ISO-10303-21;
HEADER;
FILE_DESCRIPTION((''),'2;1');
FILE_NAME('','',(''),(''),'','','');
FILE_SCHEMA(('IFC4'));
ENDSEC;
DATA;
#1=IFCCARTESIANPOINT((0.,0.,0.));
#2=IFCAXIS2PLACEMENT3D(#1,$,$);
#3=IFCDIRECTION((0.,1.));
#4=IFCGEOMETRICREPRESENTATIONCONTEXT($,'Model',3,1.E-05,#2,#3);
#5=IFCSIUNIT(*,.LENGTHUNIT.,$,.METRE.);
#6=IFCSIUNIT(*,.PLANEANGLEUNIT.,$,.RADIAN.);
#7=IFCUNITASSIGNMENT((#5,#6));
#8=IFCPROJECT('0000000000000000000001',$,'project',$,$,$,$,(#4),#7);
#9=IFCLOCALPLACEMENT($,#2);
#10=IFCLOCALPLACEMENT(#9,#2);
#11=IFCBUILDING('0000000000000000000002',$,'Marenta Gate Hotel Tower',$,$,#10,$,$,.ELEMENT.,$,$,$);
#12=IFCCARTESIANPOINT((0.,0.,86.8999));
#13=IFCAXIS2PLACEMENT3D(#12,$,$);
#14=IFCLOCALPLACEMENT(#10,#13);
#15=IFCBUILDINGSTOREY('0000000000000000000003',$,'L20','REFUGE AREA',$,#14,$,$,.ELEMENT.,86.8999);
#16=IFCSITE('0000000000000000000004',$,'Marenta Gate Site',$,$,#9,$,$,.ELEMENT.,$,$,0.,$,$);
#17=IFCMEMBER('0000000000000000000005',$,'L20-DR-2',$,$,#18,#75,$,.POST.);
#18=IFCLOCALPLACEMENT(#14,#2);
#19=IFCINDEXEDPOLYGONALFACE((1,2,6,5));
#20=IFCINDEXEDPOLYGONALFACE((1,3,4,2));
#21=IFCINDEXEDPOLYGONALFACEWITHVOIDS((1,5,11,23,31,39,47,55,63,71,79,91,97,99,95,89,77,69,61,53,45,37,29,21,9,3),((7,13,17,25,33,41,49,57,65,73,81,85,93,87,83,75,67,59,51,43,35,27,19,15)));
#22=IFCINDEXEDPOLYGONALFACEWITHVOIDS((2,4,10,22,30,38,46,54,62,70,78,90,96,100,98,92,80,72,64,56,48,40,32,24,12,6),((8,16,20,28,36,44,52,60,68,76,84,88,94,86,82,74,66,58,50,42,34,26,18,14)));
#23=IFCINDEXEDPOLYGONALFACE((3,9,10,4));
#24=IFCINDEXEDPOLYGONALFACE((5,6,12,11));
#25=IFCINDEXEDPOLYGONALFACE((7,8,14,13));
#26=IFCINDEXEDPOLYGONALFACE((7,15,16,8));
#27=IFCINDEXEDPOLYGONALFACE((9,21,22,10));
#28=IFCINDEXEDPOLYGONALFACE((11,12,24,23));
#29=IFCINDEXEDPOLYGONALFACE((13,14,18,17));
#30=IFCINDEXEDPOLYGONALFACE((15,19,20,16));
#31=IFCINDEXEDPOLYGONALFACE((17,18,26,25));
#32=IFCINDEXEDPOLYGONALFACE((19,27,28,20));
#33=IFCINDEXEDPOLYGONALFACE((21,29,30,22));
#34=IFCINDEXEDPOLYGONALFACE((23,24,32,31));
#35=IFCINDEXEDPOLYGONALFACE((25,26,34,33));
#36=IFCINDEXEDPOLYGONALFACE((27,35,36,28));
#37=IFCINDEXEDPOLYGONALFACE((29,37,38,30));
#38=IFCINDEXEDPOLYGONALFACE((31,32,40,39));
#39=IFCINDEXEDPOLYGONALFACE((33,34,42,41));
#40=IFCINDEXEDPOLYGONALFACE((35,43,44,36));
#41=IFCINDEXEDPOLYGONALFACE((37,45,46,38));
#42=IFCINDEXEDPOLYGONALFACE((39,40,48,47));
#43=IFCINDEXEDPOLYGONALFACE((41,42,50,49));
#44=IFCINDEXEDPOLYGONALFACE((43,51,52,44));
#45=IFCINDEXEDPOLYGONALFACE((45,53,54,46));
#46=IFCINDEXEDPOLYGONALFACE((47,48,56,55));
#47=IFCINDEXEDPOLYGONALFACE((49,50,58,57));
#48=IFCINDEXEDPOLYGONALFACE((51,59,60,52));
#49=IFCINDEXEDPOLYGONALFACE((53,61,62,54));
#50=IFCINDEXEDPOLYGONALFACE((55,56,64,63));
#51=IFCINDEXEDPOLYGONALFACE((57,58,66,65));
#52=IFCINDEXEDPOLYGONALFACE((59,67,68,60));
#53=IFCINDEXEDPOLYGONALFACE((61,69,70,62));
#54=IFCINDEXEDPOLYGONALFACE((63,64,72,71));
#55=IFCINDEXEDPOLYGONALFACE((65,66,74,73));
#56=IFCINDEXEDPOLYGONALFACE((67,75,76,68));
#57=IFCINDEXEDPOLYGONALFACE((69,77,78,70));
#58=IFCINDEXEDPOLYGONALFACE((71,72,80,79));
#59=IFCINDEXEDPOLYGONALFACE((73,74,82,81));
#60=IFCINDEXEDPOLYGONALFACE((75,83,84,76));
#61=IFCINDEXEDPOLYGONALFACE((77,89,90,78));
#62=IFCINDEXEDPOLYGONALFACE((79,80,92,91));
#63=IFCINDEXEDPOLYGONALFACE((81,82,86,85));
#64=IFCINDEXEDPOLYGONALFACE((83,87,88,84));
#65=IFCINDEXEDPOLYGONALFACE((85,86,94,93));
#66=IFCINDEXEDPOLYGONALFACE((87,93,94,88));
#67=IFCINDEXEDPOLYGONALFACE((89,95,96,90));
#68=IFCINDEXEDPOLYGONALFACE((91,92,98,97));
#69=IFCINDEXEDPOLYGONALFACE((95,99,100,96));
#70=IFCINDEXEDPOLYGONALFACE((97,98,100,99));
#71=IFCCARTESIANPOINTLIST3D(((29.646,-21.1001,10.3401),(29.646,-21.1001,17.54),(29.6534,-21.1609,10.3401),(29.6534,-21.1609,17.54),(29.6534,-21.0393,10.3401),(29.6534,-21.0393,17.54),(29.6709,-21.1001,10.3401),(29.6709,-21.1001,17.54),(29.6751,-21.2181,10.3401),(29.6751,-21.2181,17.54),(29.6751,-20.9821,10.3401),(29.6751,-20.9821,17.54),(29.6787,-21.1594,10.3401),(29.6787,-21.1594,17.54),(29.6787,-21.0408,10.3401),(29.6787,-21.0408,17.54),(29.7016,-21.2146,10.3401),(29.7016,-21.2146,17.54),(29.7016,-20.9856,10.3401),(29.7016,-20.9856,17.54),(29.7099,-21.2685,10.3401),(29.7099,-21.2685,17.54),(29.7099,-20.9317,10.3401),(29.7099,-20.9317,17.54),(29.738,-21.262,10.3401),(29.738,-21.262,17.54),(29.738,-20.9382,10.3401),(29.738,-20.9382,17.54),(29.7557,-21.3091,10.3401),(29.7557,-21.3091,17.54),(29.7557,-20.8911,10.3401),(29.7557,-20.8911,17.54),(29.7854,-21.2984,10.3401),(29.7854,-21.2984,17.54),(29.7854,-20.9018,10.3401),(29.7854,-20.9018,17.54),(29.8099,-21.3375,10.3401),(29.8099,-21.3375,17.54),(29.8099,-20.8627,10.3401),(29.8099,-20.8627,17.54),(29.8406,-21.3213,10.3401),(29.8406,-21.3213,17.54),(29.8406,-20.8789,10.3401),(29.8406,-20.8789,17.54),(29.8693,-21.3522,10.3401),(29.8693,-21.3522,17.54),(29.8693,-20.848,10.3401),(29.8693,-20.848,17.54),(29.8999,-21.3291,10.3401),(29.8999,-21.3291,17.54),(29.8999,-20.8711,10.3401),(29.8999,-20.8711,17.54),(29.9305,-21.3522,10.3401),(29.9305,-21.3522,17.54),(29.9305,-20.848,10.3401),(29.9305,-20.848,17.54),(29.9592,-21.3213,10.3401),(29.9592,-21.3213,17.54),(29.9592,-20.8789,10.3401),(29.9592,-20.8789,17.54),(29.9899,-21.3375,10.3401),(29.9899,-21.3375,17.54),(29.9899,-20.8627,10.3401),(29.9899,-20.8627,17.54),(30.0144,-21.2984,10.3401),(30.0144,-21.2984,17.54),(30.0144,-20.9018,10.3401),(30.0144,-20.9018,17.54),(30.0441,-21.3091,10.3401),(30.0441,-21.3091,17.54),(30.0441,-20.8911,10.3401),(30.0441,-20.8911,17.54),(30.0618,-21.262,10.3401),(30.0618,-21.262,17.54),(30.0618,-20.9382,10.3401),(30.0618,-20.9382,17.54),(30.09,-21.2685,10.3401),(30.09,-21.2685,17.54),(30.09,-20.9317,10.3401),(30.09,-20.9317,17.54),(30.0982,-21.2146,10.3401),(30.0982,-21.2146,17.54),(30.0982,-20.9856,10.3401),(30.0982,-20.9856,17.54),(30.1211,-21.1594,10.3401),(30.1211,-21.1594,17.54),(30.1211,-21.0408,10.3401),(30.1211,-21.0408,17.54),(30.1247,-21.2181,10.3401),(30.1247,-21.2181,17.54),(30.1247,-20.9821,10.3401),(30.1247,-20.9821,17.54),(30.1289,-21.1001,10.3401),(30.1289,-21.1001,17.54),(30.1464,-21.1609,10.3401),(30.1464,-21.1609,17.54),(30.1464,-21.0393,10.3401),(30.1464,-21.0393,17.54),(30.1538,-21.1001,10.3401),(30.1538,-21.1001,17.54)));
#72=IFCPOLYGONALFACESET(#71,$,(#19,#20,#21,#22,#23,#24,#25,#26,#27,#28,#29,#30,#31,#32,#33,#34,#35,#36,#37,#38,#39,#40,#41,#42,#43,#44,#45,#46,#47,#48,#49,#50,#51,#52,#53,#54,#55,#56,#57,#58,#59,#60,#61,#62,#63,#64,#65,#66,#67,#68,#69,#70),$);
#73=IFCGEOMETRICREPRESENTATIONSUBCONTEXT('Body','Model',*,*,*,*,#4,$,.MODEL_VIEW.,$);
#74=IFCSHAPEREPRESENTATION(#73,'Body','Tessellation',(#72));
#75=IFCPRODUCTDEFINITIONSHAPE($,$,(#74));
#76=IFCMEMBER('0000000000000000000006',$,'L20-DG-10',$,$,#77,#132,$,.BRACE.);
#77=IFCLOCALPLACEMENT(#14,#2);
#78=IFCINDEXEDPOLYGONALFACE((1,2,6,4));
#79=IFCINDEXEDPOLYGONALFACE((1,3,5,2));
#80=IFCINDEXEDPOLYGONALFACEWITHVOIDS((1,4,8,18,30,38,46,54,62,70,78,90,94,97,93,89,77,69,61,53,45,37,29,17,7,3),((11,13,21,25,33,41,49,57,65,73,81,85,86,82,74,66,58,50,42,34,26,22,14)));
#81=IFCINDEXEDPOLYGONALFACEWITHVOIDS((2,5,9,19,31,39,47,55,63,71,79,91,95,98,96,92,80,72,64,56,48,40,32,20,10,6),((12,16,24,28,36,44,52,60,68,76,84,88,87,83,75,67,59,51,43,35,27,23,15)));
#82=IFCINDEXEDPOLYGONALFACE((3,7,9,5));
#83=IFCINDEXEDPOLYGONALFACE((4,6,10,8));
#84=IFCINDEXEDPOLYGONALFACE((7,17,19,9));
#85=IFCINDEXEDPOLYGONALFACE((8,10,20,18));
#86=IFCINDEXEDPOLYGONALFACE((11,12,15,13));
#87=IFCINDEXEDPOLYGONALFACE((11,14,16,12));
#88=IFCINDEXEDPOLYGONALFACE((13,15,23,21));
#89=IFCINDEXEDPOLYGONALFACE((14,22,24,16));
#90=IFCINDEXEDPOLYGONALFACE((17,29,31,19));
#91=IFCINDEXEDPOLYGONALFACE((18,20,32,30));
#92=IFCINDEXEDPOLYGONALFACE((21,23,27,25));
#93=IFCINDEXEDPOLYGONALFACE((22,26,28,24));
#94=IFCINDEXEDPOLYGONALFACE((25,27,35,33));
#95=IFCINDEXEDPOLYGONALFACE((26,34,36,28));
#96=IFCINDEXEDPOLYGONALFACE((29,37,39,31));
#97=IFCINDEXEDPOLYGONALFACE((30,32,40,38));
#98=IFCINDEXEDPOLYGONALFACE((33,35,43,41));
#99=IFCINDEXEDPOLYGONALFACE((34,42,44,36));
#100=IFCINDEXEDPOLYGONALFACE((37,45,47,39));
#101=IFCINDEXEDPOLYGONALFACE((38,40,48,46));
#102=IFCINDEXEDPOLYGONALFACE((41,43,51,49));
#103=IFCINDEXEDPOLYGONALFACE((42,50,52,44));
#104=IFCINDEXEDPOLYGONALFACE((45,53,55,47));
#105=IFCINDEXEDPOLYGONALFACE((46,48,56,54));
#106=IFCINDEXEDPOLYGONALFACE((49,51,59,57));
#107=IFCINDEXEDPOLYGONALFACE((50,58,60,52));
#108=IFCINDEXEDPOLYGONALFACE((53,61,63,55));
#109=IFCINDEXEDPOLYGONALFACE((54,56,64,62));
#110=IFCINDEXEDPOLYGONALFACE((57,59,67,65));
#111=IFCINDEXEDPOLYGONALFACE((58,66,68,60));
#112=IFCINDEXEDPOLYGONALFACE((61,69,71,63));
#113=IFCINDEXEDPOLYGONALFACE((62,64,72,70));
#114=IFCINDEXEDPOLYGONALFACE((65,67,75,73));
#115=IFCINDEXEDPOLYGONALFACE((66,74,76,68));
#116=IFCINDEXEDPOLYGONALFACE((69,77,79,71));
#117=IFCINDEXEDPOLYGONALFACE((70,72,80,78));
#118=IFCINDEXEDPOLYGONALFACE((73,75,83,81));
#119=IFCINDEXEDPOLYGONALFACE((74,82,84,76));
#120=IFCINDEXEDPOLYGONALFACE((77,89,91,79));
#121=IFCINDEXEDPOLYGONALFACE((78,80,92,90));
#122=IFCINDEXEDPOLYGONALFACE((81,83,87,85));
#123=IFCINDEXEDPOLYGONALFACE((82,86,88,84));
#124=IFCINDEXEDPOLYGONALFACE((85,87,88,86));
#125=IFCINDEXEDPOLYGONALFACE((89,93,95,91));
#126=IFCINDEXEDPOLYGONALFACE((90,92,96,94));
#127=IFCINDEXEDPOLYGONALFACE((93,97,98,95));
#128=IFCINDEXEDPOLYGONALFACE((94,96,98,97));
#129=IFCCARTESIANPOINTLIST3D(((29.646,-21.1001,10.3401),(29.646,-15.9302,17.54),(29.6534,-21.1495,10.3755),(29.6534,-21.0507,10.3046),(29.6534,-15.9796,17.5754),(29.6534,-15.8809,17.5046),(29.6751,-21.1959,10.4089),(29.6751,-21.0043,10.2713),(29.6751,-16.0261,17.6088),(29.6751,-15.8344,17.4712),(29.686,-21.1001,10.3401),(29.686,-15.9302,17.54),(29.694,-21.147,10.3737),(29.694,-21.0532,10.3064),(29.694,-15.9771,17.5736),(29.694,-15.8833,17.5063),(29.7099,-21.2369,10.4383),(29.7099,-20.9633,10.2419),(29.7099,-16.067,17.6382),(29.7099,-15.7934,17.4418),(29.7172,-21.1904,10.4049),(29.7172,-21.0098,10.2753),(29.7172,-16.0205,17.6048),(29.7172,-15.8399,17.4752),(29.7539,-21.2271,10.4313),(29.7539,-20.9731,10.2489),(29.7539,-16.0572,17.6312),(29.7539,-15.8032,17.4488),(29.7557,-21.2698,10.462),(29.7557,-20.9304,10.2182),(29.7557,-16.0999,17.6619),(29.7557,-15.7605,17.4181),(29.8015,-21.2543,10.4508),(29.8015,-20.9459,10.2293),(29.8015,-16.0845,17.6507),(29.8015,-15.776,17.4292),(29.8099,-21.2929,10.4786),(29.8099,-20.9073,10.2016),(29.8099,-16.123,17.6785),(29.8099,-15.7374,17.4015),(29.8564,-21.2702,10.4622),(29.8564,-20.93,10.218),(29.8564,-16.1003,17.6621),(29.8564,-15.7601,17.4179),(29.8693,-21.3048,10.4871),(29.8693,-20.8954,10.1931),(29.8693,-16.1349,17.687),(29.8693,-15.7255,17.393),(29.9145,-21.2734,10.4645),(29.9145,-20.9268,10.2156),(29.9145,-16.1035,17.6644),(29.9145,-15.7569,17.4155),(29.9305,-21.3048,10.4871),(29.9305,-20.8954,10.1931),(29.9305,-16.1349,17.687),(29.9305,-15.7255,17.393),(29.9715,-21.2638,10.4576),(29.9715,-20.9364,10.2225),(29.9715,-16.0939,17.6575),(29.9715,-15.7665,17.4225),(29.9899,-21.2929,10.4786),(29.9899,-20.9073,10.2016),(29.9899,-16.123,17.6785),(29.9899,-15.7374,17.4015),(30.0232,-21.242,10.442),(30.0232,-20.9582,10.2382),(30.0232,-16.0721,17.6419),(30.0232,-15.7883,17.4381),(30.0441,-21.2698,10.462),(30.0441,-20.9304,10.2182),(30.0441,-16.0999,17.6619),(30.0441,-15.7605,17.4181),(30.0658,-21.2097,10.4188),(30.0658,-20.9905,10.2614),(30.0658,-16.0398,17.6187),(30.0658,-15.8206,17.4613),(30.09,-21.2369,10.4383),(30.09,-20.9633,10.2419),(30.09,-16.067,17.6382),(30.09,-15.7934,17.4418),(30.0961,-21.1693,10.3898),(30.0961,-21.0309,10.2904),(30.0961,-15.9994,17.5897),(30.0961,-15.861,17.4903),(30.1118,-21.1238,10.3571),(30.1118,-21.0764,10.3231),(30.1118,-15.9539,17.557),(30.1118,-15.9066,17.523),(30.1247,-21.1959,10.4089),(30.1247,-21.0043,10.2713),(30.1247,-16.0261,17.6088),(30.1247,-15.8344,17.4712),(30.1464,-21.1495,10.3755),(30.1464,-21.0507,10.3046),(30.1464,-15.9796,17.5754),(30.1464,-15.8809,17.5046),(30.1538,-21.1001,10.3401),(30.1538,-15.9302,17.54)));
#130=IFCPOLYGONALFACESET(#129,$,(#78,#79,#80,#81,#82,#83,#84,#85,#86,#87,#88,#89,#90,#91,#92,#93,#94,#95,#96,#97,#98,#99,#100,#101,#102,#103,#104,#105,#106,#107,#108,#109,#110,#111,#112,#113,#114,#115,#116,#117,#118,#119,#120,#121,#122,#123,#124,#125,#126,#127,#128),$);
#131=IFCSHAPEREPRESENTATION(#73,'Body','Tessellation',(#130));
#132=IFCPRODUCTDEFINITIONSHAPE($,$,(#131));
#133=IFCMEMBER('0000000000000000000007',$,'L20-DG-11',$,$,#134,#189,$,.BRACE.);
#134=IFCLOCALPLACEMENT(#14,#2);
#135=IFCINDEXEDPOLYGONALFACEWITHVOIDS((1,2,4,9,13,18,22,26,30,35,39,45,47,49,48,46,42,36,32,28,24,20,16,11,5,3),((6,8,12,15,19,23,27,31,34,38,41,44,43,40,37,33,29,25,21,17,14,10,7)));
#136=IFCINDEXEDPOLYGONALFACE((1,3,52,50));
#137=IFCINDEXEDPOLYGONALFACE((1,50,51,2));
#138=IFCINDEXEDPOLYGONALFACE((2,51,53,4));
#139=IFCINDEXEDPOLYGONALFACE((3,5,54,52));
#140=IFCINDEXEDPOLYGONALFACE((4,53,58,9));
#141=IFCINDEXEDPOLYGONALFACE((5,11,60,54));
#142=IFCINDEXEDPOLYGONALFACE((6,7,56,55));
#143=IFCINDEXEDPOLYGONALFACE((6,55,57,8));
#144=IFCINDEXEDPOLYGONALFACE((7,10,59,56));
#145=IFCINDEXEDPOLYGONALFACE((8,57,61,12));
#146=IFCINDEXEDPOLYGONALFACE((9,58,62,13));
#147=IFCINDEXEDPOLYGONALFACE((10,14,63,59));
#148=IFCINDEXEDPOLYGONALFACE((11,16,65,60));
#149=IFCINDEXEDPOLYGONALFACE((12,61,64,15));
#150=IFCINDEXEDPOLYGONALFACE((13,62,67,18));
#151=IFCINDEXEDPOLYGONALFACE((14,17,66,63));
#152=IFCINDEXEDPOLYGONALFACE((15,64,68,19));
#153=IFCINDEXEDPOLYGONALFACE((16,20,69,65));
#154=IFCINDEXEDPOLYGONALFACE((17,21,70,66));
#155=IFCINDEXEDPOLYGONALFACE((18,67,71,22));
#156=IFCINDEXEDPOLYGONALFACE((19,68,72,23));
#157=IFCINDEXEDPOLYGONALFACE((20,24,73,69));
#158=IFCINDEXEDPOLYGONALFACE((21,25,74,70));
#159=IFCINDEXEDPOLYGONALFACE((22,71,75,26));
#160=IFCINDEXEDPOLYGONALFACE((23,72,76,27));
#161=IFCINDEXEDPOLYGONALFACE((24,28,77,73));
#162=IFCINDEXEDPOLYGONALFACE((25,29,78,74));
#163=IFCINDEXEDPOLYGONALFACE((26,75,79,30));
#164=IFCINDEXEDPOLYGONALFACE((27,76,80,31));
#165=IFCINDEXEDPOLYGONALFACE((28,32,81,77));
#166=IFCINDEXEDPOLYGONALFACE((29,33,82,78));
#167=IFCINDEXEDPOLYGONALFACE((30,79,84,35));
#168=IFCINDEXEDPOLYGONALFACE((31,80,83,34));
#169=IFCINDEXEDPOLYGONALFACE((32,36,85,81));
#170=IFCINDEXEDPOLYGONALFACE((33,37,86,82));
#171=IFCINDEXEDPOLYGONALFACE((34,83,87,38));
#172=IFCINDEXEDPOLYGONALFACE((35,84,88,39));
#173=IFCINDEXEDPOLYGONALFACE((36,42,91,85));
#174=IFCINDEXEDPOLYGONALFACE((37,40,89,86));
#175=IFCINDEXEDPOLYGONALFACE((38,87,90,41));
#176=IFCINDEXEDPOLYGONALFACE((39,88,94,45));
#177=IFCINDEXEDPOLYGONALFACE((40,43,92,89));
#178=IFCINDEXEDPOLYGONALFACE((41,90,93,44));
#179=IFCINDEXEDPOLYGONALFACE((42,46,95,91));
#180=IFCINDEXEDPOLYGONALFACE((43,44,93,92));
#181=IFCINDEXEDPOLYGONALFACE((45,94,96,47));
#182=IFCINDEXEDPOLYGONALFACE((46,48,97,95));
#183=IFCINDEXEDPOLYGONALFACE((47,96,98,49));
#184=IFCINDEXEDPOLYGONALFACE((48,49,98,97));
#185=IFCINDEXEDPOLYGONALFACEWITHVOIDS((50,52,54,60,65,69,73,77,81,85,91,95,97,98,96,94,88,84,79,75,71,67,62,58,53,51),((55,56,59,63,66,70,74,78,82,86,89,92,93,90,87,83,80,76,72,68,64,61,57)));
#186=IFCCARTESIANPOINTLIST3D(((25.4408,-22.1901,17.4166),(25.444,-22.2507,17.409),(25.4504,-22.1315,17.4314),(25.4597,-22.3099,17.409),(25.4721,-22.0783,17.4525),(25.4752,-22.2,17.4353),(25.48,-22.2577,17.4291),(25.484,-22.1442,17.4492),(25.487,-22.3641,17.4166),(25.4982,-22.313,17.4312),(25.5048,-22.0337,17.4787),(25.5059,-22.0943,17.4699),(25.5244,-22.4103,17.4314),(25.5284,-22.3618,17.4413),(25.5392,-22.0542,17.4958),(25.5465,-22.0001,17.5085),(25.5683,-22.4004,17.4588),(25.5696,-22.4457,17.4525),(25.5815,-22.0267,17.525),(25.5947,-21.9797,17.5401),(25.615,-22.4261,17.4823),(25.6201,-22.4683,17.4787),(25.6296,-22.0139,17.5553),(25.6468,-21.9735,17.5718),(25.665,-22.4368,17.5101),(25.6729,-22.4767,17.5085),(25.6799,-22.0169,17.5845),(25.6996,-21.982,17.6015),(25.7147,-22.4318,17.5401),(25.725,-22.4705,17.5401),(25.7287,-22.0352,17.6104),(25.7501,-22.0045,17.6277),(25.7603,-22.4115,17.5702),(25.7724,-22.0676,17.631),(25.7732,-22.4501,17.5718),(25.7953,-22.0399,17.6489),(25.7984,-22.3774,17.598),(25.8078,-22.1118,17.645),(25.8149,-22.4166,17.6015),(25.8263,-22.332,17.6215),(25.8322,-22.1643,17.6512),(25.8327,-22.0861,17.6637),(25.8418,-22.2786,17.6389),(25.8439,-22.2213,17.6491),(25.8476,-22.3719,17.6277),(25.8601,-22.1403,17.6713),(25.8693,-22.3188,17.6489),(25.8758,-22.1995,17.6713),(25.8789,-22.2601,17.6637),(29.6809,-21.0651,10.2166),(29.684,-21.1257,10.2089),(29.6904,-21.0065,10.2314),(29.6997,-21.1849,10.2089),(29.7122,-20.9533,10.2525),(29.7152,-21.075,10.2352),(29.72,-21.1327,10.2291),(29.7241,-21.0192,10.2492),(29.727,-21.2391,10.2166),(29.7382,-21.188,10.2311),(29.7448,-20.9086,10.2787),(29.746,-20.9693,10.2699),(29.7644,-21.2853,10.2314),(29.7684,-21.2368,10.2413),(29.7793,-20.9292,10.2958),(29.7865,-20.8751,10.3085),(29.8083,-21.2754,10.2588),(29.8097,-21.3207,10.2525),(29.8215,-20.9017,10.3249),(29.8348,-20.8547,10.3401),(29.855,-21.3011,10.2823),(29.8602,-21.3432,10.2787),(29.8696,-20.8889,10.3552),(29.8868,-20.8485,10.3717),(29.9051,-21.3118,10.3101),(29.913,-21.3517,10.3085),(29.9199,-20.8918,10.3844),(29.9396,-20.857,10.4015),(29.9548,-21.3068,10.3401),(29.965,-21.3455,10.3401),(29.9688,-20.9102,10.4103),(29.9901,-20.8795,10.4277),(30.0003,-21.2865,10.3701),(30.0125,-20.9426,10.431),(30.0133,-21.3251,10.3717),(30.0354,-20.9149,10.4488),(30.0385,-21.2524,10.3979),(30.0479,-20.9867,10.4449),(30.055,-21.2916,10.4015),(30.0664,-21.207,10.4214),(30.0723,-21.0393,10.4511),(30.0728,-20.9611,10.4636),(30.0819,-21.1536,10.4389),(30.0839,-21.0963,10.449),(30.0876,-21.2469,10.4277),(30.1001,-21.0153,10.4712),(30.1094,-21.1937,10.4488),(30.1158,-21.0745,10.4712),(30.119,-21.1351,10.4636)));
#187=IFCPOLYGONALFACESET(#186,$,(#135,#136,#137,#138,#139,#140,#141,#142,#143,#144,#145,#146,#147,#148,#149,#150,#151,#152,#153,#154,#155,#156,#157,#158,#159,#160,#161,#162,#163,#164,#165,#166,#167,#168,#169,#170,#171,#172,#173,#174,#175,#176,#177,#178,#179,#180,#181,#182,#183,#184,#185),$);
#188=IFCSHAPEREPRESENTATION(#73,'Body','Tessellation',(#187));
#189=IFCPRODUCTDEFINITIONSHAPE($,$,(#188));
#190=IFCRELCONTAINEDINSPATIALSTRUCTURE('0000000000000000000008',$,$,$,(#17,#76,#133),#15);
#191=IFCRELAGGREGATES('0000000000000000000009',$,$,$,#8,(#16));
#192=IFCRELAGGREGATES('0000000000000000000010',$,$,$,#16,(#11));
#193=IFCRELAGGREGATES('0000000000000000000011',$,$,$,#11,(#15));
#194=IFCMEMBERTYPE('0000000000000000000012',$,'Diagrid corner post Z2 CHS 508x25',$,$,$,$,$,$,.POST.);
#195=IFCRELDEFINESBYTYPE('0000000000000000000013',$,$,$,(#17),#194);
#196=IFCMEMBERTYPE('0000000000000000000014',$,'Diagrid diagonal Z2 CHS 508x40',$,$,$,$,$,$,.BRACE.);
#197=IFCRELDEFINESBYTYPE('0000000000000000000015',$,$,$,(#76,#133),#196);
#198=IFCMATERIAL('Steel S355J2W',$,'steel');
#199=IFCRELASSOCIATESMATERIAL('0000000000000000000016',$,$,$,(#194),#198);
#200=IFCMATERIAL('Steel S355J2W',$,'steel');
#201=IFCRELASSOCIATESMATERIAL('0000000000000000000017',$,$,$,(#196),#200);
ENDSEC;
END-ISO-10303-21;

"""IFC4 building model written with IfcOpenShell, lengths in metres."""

from ifc_helpers import new_model, si_unit, direction, frame, origin, origin_2d, place, context, subcontext, project, spatial, hollow_circle, extrude, material, material_profile, profile_set, type_object, element, save


model = new_model("IFC4")

# Units and contexts
model_context = context("Model", 3, precision=1e-05, world=origin(), true_north=direction((0.0, 1.0)))
body_context = subcontext(model_context, "Body", "Model", "MODEL_VIEW")
ifc_project = project(units=[si_unit("LENGTHUNIT", "METRE"), si_unit("PLANEANGLEUNIT", "RADIAN")], contexts=[model_context])

# Site, building, storey
site_placement = place(None, origin())
site = spatial("IfcSite", under=ifc_project, at=site_placement, Name="Marenta Gate Site", CompositionType="ELEMENT", RefElevation=0.0)
building_placement = place(site_placement, origin())
building = spatial("IfcBuilding", under=site, at=building_placement, Name="Marenta Gate Hotel Tower", CompositionType="ELEMENT")
storey_placement = place(building_placement, frame((0.0, 0.0, 86.8999)))
storey = spatial("IfcBuildingStorey", under=building, at=storey_placement, Name="L20", Description="REFUGE AREA", CompositionType="ELEMENT", Elevation=86.8999)

# Members
ifc_material_1 = material(Name="Steel S355J2W", Category="steel")
ifc_material_profile_1 = material_profile(ifc_material_1, hollow_circle(Radius=0.2539, WallThickness=0.0249, at=origin_2d()), Name="CHS 508x25")
ifc_profile_set_1 = profile_set([ifc_material_profile_1], Name="Steel S355J2W")
member_type_1 = type_object("IfcMemberType", Name="Diagrid corner post Z2 CHS 508x25", PredefinedType="POST", material=ifc_profile_set_1)
member_1_placement = place(storey_placement, frame((29.8999, -21.1001, 10.3401), z_axis=(0.0, 0.0, 1.0), x_axis=(1.0, 0.0, 0.0)))
element("IfcMember", 1, at=member_1_placement, inside=storey, type_object=member_type_1, Name="L20-DR-2", PredefinedType="POST", context=body_context, shape_type="SweptSolid", body=[
    extrude(hollow_circle(Radius=0.2539, WallThickness=0.0249, at=origin_2d()), origin(), (0.0, 0.0, 1.0), 7.2),
])
ifc_material_2 = material(Name="Steel S355J2W", Category="steel")
ifc_material_profile_2 = material_profile(ifc_material_2, hollow_circle(Radius=0.2539, WallThickness=0.04, at=origin_2d()), Name="CHS 508x40")
ifc_profile_set_2 = profile_set([ifc_material_profile_2], Name="Steel S355J2W")
member_type_2 = type_object("IfcMemberType", Name="Diagrid diagonal Z2 CHS 508x40", PredefinedType="BRACE", material=ifc_profile_set_2)
member_2_placement = place(storey_placement, frame((29.8999, -21.1001, 10.3401), z_axis=(0.0, 0.583261, 0.812285), x_axis=(-1.0, 0.0, 0.0)))
element("IfcMember", 2, at=member_2_placement, inside=storey, type_object=member_type_2, Name="L20-DG-10", PredefinedType="BRACE", context=body_context, shape_type="SweptSolid", body=[
    extrude(hollow_circle(Radius=0.2539, WallThickness=0.04, at=origin_2d()), origin(), (0.0, 0.0, 1.0), 8.8638),
])
member_3_placement = place(storey_placement, frame((29.8999, -21.1001, 10.3401), z_axis=(-0.502902, -0.133435, 0.853981), x_axis=(0.256457, -0.966556, 0.0)))
element("IfcMember", 3, at=member_3_placement, inside=storey, type_object=member_type_2, Name="L20-DG-11", PredefinedType="BRACE", context=body_context, shape_type="SweptSolid", body=[
    extrude(hollow_circle(Radius=0.2539, WallThickness=0.04, at=origin_2d()), origin(), (0.0, 0.0, 1.0), 8.4312),
])

save(model, "model.ifc")
